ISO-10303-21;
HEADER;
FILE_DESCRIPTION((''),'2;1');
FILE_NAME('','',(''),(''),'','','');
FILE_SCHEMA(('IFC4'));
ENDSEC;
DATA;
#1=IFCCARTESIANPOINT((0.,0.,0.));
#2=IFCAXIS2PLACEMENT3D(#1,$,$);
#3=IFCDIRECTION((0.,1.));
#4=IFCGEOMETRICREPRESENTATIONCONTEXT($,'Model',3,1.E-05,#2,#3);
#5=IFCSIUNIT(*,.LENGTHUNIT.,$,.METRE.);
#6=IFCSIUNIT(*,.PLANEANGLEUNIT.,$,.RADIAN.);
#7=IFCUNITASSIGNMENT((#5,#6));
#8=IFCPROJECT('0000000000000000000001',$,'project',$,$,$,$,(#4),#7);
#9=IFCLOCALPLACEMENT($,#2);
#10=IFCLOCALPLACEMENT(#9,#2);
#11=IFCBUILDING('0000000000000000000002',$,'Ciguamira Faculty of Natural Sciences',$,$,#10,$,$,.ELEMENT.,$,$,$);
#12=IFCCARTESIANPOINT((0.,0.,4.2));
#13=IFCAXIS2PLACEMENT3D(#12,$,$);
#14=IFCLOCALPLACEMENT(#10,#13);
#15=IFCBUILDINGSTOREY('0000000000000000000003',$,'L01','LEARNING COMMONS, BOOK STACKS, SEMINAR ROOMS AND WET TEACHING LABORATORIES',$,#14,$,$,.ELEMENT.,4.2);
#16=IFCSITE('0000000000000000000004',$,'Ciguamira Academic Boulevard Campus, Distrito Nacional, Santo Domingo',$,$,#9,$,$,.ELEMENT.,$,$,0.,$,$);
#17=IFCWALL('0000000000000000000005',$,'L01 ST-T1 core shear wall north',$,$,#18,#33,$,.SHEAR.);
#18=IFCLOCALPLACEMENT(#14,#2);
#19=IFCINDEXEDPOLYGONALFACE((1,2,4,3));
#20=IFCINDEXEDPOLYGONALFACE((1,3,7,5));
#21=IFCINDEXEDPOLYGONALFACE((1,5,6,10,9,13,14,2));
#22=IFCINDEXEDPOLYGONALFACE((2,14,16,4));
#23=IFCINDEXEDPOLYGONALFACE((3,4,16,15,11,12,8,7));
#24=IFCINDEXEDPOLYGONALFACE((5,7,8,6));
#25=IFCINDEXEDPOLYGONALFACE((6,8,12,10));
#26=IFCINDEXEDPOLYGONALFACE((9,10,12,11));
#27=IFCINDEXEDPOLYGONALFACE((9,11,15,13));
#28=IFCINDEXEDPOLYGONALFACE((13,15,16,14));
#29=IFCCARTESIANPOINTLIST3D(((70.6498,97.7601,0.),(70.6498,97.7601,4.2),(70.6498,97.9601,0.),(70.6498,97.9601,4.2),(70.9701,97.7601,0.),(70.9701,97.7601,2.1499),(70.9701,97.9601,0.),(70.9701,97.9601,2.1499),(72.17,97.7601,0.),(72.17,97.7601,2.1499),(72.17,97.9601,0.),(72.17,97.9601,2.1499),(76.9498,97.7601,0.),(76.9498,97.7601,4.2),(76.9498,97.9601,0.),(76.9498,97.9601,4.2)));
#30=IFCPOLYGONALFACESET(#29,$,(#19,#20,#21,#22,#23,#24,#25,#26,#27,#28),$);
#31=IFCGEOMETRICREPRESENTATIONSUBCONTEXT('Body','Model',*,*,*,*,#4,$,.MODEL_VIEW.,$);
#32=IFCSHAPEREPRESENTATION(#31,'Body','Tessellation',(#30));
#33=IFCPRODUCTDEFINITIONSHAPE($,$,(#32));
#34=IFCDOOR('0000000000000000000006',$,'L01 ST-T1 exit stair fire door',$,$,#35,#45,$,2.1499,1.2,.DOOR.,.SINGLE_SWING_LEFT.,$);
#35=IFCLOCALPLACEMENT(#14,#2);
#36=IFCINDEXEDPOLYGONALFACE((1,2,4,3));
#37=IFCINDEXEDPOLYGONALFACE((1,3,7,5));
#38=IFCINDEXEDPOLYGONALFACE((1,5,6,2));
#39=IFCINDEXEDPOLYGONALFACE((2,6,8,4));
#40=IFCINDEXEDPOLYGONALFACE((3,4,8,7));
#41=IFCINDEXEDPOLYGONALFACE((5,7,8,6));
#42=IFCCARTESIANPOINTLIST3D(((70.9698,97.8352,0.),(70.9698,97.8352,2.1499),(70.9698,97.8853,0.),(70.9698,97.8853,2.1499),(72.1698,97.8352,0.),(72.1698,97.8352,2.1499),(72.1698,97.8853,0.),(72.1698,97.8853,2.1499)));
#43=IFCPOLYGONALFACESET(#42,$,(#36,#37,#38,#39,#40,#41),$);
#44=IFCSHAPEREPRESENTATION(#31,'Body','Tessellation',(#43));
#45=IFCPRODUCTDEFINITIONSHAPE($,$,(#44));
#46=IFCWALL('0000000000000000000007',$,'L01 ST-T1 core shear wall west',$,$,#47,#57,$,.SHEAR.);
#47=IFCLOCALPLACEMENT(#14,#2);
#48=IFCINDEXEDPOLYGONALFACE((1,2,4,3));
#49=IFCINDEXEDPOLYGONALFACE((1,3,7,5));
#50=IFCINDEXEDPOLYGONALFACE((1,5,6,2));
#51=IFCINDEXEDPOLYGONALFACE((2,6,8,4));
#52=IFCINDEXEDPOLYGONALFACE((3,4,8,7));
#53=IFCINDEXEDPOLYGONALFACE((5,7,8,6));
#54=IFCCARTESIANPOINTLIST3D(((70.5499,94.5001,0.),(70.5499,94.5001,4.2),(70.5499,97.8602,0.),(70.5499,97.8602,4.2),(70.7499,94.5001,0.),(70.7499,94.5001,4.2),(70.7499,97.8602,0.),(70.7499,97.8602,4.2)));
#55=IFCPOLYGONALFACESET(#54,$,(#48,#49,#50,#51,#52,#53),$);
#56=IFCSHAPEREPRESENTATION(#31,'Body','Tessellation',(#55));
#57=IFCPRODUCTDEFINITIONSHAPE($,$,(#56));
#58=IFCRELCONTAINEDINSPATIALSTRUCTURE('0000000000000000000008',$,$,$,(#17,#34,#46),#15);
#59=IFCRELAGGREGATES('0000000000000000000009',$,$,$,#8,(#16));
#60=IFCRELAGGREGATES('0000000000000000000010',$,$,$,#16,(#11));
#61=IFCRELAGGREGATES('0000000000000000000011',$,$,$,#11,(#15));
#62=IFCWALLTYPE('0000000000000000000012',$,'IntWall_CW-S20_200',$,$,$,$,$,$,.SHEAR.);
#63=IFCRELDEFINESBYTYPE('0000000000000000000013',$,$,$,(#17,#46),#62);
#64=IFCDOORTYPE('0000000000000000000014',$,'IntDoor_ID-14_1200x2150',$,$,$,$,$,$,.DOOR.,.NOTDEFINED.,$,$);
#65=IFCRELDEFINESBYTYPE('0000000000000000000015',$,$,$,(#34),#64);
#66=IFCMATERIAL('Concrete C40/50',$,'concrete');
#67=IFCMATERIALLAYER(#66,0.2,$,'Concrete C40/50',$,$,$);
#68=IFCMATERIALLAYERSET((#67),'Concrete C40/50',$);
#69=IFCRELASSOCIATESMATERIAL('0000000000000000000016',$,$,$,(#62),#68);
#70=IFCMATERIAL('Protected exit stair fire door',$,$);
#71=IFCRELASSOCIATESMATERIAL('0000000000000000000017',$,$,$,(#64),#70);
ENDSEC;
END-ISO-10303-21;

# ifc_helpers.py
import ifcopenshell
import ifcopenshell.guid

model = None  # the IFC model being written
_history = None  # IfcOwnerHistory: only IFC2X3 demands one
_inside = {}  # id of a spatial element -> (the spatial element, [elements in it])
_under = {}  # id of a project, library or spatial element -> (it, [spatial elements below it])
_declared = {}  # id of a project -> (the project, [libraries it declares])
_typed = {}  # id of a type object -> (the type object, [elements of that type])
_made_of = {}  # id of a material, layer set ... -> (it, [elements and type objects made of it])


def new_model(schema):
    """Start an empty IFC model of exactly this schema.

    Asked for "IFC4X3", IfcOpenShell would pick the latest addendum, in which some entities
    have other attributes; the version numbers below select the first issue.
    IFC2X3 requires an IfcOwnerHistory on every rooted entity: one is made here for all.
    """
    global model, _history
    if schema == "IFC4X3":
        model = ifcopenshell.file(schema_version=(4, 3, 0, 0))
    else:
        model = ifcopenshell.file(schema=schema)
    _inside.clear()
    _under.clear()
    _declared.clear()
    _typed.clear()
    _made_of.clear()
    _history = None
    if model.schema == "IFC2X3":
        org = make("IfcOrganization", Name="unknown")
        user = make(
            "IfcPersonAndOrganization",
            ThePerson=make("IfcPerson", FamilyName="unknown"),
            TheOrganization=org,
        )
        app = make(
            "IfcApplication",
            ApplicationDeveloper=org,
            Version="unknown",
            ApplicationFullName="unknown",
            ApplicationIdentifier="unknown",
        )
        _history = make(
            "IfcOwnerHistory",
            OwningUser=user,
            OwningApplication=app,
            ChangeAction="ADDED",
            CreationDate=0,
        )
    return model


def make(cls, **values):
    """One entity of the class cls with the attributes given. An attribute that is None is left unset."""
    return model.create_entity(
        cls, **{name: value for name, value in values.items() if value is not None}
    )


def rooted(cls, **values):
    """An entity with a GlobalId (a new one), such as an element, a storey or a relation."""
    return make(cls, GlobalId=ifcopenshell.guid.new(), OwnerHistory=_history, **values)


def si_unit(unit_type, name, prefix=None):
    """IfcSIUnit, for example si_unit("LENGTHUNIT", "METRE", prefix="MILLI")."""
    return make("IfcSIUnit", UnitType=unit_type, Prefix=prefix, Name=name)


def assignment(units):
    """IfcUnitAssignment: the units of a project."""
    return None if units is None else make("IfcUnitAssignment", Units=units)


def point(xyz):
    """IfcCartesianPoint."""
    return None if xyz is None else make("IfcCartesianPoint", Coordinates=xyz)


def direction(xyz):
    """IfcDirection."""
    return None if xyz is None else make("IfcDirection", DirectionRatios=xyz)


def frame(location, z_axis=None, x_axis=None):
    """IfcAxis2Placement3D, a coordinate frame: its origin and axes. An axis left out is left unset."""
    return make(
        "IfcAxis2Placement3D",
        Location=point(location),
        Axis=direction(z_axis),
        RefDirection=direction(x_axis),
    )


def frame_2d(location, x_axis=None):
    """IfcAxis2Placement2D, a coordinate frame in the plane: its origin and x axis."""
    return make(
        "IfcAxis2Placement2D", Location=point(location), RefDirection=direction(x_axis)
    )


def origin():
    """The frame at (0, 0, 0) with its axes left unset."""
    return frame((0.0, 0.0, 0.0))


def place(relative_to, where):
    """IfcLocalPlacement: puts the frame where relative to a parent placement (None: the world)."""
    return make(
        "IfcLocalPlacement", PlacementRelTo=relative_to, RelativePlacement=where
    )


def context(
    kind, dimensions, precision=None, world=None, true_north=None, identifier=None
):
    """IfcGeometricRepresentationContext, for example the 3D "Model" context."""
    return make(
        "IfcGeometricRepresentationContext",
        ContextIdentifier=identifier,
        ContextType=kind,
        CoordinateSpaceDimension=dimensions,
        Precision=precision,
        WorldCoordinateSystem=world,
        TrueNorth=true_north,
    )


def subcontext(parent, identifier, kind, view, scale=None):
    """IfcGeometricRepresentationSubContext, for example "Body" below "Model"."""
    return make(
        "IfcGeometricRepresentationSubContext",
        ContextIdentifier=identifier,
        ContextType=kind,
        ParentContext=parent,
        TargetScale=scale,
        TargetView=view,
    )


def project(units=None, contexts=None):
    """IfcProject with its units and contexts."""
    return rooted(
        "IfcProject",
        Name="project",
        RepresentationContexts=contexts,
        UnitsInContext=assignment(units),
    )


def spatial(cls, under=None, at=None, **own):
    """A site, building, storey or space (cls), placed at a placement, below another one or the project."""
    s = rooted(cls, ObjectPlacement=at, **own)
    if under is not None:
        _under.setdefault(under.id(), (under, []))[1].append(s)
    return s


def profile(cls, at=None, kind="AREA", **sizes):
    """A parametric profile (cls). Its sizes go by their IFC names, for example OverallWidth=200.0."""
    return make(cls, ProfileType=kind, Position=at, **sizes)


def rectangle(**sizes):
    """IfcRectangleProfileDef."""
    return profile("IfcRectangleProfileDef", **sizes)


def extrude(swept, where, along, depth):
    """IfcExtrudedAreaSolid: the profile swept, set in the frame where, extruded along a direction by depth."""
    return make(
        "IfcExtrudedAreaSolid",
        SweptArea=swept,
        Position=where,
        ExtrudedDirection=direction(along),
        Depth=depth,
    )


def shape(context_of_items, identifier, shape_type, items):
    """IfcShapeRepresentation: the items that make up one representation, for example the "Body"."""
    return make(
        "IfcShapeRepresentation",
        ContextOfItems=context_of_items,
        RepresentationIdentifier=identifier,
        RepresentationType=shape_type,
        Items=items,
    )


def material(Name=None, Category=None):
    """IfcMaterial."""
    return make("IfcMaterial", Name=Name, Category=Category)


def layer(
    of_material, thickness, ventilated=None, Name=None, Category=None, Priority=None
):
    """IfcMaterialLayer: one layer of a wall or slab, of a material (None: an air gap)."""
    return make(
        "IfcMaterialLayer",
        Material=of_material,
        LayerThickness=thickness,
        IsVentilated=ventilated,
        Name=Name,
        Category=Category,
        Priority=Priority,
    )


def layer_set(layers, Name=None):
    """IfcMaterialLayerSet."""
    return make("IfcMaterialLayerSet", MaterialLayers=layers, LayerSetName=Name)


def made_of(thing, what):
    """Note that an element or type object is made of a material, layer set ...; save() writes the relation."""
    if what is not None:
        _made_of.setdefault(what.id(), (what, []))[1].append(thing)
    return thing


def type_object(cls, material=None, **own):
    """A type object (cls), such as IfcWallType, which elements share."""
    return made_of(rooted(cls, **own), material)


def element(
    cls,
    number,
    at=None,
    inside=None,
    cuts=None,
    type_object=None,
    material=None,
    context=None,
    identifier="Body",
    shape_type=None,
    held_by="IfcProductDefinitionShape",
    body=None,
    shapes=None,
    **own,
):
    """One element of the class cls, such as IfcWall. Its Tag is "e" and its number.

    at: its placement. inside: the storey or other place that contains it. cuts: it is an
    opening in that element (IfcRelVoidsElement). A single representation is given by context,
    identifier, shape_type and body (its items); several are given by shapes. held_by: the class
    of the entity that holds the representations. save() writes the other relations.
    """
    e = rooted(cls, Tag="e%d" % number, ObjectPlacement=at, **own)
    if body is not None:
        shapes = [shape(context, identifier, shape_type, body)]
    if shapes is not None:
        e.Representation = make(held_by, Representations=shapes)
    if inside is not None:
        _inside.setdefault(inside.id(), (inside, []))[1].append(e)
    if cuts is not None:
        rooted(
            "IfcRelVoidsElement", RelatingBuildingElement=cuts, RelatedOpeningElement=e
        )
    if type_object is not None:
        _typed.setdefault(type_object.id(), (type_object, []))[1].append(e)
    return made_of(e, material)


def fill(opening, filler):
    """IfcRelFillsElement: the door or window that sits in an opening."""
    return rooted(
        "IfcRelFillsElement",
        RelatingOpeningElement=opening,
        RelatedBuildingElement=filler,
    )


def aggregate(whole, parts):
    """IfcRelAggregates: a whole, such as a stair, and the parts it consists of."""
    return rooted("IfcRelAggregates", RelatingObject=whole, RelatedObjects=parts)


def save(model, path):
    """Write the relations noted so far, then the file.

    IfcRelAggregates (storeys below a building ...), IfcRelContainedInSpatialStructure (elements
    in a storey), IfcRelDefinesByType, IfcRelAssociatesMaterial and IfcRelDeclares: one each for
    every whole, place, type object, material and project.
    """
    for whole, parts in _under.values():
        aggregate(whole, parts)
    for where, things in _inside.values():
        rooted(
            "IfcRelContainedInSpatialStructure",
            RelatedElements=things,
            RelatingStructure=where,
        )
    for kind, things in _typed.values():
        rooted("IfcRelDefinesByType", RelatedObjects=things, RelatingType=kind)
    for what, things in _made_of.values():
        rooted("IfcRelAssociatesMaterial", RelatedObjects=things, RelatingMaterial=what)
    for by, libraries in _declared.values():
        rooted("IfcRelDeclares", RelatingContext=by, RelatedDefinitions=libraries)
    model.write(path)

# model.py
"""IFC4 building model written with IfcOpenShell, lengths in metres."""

from ifc_helpers import new_model, si_unit, direction, frame, frame_2d, origin, place, context, subcontext, project, spatial, rectangle, extrude, material, layer, layer_set, type_object, element, fill, save


model = new_model("IFC4")

# Units and contexts
model_context = context("Model", 3, precision=1e-05, world=origin(), true_north=direction((0.0, 1.0)))
body_context = subcontext(model_context, "Body", "Model", "MODEL_VIEW")
ifc_project = project(units=[si_unit("LENGTHUNIT", "METRE"), si_unit("PLANEANGLEUNIT", "RADIAN")], contexts=[model_context])

# Site, building, storey
site_placement = place(None, origin())
site = spatial("IfcSite", under=ifc_project, at=site_placement, Name="Ciguamira Academic Boulevard Campus, Distrito Nacional, Santo Domingo", CompositionType="ELEMENT", RefElevation=0.0)
building_placement = place(site_placement, origin())
building = spatial("IfcBuilding", under=site, at=building_placement, Name="Ciguamira Faculty of Natural Sciences", CompositionType="ELEMENT")
storey_placement = place(building_placement, frame((0.0, 0.0, 4.2)))
storey = spatial("IfcBuildingStorey", under=building, at=storey_placement, Name="L01", Description="LEARNING COMMONS, BOOK STACKS, SEMINAR ROOMS AND WET TEACHING LABORATORIES", CompositionType="ELEMENT", Elevation=4.2)

# Shared definitions
ifc_material_1 = material(Name="Concrete C40/50", Category="concrete")

# Shared definitions
ifc_layer_1 = layer(ifc_material_1, 0.2, Name="Concrete C40/50")
ifc_layer_set_1 = layer_set([ifc_layer_1], Name="Concrete C40/50")
wall_type_1 = type_object("IfcWallType", Name="IntWall_CW-S20_200", PredefinedType="SHEAR", material=ifc_layer_set_1)

# Wall, opening, door
wall_1_placement = place(storey_placement, frame((70.6499, 97.8601, 0.0), z_axis=(0.0, 0.0, 1.0), x_axis=(1.0, 0.0, 0.0)))
wall_1 = element("IfcWall", 1, at=wall_1_placement, inside=storey, type_object=wall_type_1, Name="L01 ST-T1 core shear wall north", PredefinedType="SHEAR", context=body_context, shape_type="SweptSolid", body=[
    extrude(rectangle(XDim=6.3, YDim=0.2, at=frame_2d((3.1499, 0.0))), origin(), (0.0, 0.0, 1.0), 4.2),
])
opening_1_placement = place(wall_1_placement, frame((0.3201, 0.0, 0.0)))
opening_1 = element("IfcOpeningElement", 2, at=opening_1_placement, cuts=wall_1, PredefinedType="OPENING", context=body_context, shape_type="SweptSolid", body=[
    extrude(rectangle(XDim=1.2, YDim=2.1499, at=frame_2d((0.6001, 1.075))), frame((0.0, 0.1099, 0.0), z_axis=(0.0, -1.0, 0.0), x_axis=(1.0, 0.0, 0.0)), (0.0, 0.0, 1.0), 0.22),
])
ifc_material_2 = material(Name="Protected exit stair fire door")
door_type = type_object("IfcDoorType", Name="IntDoor_ID-14_1200x2150", OperationType="NOTDEFINED", PredefinedType="DOOR", material=ifc_material_2)
door_placement = place(opening_1_placement, frame((1.2, 0.0, 0.0), z_axis=(0.0, 0.0, 1.0), x_axis=(-1.0, 0.0, 0.0)))
door = element("IfcDoor", 3, at=door_placement, inside=storey, type_object=door_type, Name="L01 ST-T1 exit stair fire door", OperationType="SINGLE_SWING_LEFT", OverallHeight=2.1499, OverallWidth=1.2, PredefinedType="DOOR", context=body_context, shape_type="SweptSolid", body=[
    extrude(rectangle(XDim=1.2, YDim=2.1499, at=frame_2d((0.6001, 1.075))), frame((0.0, 0.0249, 0.0), z_axis=(0.0, -1.0, 0.0), x_axis=(1.0, 0.0, 0.0)), (0.0, 0.0, 1.0), 0.05),
])
fill(opening_1, door)

# Wall
wall_2_placement = place(storey_placement, frame((70.6499, 94.5, 0.0), z_axis=(0.0, 0.0, 1.0), x_axis=(0.0, 1.0, 0.0)))
element("IfcWall", 4, at=wall_2_placement, inside=storey, type_object=wall_type_1, Name="L01 ST-T1 core shear wall west", PredefinedType="SHEAR", context=body_context, shape_type="SweptSolid", body=[
    extrude(rectangle(XDim=3.3601, YDim=0.2, at=frame_2d((1.6802, 0.0))), origin(), (0.0, 0.0, 1.0), 4.2),
])

save(model, "model.ifc")
